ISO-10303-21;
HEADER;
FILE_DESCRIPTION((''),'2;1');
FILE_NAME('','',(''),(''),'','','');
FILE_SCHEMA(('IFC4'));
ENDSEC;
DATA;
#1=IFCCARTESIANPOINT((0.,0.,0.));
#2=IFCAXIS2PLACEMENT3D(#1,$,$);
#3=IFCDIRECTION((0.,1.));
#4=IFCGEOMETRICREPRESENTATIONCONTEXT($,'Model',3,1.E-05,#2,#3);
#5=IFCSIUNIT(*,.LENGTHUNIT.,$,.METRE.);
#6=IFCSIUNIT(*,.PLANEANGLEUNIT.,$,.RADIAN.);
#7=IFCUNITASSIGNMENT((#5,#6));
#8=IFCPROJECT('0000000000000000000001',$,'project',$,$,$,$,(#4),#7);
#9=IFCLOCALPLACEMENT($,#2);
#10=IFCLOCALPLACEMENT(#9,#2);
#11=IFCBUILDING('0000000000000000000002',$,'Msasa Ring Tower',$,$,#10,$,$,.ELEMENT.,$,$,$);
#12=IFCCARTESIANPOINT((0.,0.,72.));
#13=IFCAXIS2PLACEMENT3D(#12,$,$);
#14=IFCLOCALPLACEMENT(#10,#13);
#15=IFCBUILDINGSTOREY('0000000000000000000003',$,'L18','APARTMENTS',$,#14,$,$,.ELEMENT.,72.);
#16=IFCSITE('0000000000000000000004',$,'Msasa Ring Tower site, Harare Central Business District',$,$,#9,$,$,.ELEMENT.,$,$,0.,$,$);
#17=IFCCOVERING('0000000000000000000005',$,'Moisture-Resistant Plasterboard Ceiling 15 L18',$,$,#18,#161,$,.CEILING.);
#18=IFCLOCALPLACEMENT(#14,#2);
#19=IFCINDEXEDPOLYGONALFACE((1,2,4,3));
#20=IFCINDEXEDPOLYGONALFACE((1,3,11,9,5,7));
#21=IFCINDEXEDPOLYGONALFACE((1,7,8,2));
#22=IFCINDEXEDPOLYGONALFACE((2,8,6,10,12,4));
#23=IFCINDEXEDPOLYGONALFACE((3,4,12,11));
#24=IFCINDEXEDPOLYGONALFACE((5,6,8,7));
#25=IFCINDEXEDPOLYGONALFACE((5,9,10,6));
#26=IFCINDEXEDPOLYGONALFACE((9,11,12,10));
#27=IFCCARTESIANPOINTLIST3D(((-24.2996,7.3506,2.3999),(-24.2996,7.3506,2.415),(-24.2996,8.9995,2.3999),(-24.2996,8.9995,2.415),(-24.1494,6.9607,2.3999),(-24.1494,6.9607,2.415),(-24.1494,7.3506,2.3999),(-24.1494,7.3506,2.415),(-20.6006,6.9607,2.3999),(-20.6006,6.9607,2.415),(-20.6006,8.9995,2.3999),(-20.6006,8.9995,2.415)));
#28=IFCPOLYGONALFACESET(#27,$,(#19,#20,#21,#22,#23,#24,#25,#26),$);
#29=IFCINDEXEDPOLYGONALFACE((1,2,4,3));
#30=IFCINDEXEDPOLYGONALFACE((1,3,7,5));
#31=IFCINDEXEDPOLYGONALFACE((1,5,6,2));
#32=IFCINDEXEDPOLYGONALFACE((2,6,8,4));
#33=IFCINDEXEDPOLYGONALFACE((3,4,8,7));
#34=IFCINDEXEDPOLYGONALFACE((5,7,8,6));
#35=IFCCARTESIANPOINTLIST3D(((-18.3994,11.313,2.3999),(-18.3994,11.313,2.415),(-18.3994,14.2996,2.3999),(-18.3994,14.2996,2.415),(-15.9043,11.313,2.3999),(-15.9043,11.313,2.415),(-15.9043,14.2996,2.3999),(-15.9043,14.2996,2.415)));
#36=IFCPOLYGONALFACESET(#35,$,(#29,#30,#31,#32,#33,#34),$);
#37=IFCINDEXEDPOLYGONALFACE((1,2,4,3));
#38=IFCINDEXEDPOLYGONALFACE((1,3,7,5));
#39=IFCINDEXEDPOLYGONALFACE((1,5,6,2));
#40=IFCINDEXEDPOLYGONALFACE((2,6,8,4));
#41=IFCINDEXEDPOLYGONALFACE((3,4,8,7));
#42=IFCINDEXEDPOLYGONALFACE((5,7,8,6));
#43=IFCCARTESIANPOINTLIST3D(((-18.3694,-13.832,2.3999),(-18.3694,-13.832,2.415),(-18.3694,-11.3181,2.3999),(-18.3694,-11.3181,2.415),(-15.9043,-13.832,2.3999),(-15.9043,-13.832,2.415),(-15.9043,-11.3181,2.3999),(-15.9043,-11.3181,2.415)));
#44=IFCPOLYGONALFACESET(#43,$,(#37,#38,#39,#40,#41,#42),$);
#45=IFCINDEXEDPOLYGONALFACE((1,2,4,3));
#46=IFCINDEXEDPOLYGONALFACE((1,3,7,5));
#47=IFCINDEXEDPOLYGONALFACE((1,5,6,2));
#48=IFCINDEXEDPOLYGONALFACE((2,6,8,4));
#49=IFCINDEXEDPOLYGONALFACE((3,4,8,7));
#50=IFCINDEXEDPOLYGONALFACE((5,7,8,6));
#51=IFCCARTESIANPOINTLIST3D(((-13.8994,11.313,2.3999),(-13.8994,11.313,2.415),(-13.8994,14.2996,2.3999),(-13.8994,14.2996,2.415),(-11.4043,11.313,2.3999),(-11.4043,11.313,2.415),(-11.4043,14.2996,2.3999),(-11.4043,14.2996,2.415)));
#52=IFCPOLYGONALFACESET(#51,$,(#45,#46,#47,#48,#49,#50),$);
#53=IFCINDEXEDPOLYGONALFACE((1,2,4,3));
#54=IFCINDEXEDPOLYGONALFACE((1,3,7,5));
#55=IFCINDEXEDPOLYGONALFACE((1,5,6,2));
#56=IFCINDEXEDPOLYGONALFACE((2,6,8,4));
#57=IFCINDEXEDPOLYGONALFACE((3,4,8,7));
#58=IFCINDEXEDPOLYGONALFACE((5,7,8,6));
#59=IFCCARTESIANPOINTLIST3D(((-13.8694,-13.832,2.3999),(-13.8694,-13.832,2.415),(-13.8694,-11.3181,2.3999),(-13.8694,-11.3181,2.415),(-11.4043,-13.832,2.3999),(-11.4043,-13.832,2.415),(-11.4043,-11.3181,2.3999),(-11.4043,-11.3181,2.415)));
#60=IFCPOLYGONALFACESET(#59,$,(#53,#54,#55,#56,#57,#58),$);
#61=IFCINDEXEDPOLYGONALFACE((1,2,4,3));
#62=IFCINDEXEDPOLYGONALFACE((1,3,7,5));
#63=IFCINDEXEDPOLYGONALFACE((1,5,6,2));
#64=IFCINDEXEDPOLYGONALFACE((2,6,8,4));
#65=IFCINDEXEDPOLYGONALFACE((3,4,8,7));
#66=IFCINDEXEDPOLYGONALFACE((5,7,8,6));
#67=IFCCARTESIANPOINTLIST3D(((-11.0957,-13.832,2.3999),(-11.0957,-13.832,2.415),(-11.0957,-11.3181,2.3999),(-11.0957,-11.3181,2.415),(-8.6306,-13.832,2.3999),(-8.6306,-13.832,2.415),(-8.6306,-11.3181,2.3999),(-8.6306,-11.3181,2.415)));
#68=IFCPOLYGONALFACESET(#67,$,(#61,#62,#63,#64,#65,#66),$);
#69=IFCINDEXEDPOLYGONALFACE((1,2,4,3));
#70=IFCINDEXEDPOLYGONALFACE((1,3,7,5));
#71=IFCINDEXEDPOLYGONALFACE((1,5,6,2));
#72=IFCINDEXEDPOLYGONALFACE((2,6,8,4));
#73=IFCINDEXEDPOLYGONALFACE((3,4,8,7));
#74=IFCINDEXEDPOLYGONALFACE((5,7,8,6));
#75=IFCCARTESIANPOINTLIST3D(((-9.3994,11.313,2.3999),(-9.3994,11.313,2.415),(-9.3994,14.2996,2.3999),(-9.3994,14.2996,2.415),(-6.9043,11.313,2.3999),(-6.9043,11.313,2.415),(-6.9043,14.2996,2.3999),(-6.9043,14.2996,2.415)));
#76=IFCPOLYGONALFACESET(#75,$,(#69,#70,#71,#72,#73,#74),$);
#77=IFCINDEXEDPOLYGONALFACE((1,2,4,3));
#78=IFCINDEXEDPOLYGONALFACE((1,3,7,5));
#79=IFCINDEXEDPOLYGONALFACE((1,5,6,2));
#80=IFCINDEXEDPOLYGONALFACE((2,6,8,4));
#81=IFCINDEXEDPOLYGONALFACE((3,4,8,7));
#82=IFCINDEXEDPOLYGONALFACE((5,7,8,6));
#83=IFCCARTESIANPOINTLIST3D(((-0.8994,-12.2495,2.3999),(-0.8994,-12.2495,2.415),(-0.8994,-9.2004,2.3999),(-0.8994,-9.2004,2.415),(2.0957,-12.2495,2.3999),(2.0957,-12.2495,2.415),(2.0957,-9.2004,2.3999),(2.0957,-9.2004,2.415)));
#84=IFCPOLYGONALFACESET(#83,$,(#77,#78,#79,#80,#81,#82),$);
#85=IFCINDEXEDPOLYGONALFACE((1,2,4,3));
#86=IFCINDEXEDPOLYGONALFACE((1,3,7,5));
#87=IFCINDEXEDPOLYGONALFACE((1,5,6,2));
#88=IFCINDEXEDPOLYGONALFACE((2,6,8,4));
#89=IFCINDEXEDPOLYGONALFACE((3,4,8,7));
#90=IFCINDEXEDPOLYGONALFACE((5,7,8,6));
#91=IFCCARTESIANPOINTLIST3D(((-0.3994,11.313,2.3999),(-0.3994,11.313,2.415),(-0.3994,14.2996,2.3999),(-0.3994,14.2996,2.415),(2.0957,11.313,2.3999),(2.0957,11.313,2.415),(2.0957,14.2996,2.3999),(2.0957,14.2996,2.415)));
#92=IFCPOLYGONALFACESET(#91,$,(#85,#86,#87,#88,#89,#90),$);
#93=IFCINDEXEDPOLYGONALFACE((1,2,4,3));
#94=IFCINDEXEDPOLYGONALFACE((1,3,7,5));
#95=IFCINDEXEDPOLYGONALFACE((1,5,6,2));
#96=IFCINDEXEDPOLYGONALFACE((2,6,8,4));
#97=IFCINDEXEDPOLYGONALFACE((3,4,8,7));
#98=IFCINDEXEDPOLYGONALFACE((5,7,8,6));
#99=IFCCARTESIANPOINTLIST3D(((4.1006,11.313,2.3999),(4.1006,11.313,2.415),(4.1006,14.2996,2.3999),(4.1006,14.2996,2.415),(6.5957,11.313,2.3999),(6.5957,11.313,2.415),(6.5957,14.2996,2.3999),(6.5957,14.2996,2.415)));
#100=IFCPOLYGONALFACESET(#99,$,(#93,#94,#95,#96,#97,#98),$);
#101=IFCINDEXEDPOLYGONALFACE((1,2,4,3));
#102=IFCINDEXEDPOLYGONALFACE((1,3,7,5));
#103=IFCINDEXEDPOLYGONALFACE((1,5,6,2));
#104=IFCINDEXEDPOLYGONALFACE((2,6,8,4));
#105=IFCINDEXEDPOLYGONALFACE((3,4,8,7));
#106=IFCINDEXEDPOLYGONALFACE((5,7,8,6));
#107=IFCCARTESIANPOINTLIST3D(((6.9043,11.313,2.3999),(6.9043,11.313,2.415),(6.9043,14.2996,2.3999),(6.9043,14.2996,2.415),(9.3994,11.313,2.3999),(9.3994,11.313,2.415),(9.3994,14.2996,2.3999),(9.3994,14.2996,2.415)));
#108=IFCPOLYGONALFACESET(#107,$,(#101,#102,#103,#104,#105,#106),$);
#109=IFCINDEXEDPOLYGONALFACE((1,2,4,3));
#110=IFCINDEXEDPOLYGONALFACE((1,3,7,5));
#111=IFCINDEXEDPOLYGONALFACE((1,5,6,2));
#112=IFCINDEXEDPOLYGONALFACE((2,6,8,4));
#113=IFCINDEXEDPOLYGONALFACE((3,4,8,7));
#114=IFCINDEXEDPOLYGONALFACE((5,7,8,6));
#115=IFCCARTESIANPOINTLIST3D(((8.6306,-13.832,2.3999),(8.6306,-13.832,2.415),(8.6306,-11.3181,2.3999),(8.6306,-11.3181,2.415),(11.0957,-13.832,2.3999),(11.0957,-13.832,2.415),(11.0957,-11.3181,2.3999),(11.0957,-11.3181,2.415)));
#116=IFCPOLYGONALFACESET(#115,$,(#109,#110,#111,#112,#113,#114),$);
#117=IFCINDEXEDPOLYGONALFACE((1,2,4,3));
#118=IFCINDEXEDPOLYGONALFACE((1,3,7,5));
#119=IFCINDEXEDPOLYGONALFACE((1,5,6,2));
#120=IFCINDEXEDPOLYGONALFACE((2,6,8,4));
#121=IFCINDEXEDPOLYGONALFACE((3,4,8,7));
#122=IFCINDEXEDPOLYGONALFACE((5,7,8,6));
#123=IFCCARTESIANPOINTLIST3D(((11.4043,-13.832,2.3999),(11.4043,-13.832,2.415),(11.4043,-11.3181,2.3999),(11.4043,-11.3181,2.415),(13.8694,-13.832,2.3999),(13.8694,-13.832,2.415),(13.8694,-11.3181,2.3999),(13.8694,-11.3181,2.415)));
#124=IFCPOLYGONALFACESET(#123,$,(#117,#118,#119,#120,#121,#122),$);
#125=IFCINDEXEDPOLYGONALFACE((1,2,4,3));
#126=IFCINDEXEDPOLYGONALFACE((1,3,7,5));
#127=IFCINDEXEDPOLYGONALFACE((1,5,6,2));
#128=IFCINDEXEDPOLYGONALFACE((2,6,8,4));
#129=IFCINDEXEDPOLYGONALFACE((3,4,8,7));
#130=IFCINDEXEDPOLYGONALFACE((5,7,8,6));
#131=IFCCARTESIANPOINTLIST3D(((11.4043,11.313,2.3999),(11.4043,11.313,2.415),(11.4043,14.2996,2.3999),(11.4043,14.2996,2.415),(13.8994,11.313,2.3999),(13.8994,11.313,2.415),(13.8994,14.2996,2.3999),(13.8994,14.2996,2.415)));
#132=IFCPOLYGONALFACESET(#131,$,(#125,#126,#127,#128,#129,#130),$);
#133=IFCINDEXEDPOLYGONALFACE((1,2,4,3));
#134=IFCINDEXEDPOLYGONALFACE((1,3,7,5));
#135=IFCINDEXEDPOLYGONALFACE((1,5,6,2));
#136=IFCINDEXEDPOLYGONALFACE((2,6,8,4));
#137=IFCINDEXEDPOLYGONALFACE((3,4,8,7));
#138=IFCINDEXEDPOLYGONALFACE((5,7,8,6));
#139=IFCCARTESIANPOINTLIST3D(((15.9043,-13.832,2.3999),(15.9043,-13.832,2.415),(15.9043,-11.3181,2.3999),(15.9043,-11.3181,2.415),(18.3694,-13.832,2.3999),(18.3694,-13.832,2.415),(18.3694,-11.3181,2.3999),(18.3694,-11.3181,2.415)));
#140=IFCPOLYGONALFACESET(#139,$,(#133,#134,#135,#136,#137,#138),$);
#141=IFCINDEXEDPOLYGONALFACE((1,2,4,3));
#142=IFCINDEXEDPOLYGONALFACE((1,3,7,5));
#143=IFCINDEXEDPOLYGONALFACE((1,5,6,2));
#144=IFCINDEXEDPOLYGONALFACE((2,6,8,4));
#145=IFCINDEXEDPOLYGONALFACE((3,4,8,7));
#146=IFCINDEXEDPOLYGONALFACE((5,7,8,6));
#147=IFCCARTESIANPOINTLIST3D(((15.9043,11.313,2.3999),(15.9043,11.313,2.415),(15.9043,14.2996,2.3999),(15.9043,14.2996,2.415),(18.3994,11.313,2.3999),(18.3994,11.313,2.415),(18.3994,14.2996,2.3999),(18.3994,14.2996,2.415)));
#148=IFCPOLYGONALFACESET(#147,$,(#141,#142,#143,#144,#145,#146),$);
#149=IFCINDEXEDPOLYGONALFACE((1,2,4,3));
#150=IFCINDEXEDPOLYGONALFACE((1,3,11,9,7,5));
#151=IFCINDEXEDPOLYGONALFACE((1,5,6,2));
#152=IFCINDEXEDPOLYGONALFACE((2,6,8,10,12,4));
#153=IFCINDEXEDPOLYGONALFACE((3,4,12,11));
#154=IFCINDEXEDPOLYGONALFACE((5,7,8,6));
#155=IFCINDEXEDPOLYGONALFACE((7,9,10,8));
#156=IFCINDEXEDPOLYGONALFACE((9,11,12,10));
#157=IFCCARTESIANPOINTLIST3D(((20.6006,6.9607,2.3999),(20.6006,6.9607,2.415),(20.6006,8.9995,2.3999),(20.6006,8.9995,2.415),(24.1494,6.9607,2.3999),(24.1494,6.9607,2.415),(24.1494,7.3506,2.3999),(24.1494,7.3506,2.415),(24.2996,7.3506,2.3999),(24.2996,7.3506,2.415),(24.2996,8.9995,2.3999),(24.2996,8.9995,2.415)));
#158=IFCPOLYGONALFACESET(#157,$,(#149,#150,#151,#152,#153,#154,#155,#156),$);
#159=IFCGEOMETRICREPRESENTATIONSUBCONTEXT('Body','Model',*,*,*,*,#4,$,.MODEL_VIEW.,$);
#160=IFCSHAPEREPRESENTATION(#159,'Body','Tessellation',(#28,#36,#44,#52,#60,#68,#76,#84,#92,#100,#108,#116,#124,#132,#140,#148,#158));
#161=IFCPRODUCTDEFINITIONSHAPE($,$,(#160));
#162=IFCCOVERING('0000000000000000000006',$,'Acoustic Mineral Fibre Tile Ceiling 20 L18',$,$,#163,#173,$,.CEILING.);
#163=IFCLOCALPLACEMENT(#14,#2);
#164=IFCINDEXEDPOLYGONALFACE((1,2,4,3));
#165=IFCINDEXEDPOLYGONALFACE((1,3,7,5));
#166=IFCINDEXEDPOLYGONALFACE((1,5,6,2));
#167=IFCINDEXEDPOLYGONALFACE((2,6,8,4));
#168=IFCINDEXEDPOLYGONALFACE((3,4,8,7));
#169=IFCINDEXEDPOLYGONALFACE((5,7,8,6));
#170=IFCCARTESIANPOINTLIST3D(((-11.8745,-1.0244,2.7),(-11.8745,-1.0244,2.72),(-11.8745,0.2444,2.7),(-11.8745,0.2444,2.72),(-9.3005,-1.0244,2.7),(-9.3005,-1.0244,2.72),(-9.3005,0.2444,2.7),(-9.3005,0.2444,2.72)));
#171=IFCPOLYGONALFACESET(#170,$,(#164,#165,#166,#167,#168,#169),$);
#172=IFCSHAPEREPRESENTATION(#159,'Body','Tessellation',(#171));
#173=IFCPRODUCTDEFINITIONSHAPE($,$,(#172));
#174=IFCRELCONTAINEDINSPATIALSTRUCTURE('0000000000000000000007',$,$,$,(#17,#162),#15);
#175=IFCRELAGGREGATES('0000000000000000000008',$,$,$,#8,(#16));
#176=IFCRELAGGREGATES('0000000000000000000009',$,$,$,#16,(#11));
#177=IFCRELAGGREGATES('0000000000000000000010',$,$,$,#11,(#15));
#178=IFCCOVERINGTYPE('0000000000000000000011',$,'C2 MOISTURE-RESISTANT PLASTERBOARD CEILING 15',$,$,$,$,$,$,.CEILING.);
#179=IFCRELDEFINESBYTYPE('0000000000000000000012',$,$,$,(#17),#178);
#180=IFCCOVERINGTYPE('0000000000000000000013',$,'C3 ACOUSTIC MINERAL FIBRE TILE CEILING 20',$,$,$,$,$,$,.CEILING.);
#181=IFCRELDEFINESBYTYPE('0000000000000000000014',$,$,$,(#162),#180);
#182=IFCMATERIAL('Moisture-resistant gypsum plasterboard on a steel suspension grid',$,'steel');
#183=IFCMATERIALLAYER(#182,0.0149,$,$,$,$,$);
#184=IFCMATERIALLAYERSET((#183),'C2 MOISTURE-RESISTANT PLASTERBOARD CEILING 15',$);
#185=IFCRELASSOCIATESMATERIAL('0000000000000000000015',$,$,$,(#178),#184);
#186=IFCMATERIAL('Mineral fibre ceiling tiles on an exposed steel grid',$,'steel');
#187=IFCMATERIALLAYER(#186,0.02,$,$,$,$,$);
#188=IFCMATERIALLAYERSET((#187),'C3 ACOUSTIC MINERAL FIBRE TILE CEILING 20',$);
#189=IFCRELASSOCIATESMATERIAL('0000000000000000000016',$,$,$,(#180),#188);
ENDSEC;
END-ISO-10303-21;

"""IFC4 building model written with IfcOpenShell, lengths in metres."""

from ifc_helpers import new_model, si_unit, direction, frame, origin, place, context, subcontext, project, spatial, line, indexed_curve, outline, extrude, material, layer, layer_set, type_object, element, save


model = new_model("IFC4")

# Units and contexts
model_context = context("Model", 3, precision=1e-05, world=origin(), true_north=direction((0.0, 1.0)))
body_context = subcontext(model_context, "Body", "Model", "MODEL_VIEW")
ifc_project = project(units=[si_unit("LENGTHUNIT", "METRE"), si_unit("PLANEANGLEUNIT", "RADIAN")], contexts=[model_context])

# Site, building, storey
site_placement = place(None, origin())
site = spatial("IfcSite", under=ifc_project, at=site_placement, Name="Msasa Ring Tower site, Harare Central Business District", CompositionType="ELEMENT", RefElevation=0.0)
building_placement = place(site_placement, origin())
building = spatial("IfcBuilding", under=site, at=building_placement, Name="Msasa Ring Tower", CompositionType="ELEMENT")
storey_placement = place(building_placement, frame((0.0, 0.0, 72.0)))
storey = spatial("IfcBuildingStorey", under=building, at=storey_placement, Name="L18", Description="APARTMENTS", CompositionType="ELEMENT", Elevation=72.0)

# Coverings
ifc_material_1 = material(Name="Moisture-resistant gypsum plasterboard on a steel suspension grid", Category="steel")
ifc_layer_1 = layer(ifc_material_1, 0.0149)
ifc_layer_set_1 = layer_set([ifc_layer_1], Name="C2 MOISTURE-RESISTANT PLASTERBOARD CEILING 15")
covering_type_1 = type_object("IfcCoveringType", Name="C2 MOISTURE-RESISTANT PLASTERBOARD CEILING 15", PredefinedType="CEILING", material=ifc_layer_set_1)
covering_1_placement = place(storey_placement, frame((0.0, 0.0, 2.3999)))
element("IfcCovering", 1, at=covering_1_placement, inside=storey, type_object=covering_type_1, Name="Moisture-Resistant Plasterboard Ceiling 15 L18", PredefinedType="CEILING", context=body_context, shape_type="SweptSolid", body=[
    extrude(outline(indexed_curve([(-20.6006, 6.9607), (-24.1494, 6.9607), (-24.1494, 7.3506), (-24.2996, 7.3506), (-24.2996, 8.9995), (-20.6006, 8.9995)], segments=[line(1, 2, 3, 4, 5, 6, 1)], self_intersect=False)), origin(), (0.0, 0.0, 1.0), 0.0151),
    extrude(outline(indexed_curve([(-18.3994, 14.2996), (-15.9043, 14.2996), (-15.9043, 11.313), (-18.3994, 11.313)], segments=[line(1, 2, 3, 4, 1)], self_intersect=False)), origin(), (0.0, 0.0, 1.0), 0.0151),
    extrude(outline(indexed_curve([(-18.3694, -11.3181), (-15.9043, -11.3181), (-15.9043, -13.832), (-18.3694, -13.832)], segments=[line(1, 2, 3, 4, 1)], self_intersect=False)), origin(), (0.0, 0.0, 1.0), 0.0151),
    extrude(outline(indexed_curve([(-13.8994, 14.2996), (-11.4043, 14.2996), (-11.4043, 11.313), (-13.8994, 11.313)], segments=[line(1, 2, 3, 4, 1)], self_intersect=False)), origin(), (0.0, 0.0, 1.0), 0.0151),
    extrude(outline(indexed_curve([(-13.8694, -11.3181), (-11.4043, -11.3181), (-11.4043, -13.832), (-13.8694, -13.832)], segments=[line(1, 2, 3, 4, 1)], self_intersect=False)), origin(), (0.0, 0.0, 1.0), 0.0151),
    extrude(outline(indexed_curve([(-8.6306, -11.3181), (-8.6306, -13.832), (-11.0957, -13.832), (-11.0957, -11.3181)], segments=[line(1, 2, 3, 4, 1)], self_intersect=False)), origin(), (0.0, 0.0, 1.0), 0.0151),
    extrude(outline(indexed_curve([(-9.3994, 14.2996), (-6.9043, 14.2996), (-6.9043, 11.313), (-9.3994, 11.313)], segments=[line(1, 2, 3, 4, 1)], self_intersect=False)), origin(), (0.0, 0.0, 1.0), 0.0151),
    extrude(outline(indexed_curve([(-0.8994, -9.2004), (2.0957, -9.2004), (2.0957, -12.2495), (-0.8994, -12.2495)], segments=[line(1, 2, 3, 4, 1)], self_intersect=False)), origin(), (0.0, 0.0, 1.0), 0.0151),
    extrude(outline(indexed_curve([(-0.3994, 14.2996), (2.0957, 14.2996), (2.0957, 11.313), (-0.3994, 11.313)], segments=[line(1, 2, 3, 4, 1)], self_intersect=False)), origin(), (0.0, 0.0, 1.0), 0.0151),
    extrude(outline(indexed_curve([(4.1006, 14.2996), (6.5957, 14.2996), (6.5957, 11.313), (4.1006, 11.313)], segments=[line(1, 2, 3, 4, 1)], self_intersect=False)), origin(), (0.0, 0.0, 1.0), 0.0151),
    extrude(outline(indexed_curve([(9.3994, 14.2996), (9.3994, 11.313), (6.9043, 11.313), (6.9043, 14.2996)], segments=[line(1, 2, 3, 4, 1)], self_intersect=False)), origin(), (0.0, 0.0, 1.0), 0.0151),
    extrude(outline(indexed_curve([(8.6306, -11.3181), (11.0957, -11.3181), (11.0957, -13.832), (8.6306, -13.832)], segments=[line(1, 2, 3, 4, 1)], self_intersect=False)), origin(), (0.0, 0.0, 1.0), 0.0151),
    extrude(outline(indexed_curve([(13.8694, -11.3181), (13.8694, -13.832), (11.4043, -13.832), (11.4043, -11.3181)], segments=[line(1, 2, 3, 4, 1)], self_intersect=False)), origin(), (0.0, 0.0, 1.0), 0.0151),
    extrude(outline(indexed_curve([(13.8994, 14.2996), (13.8994, 11.313), (11.4043, 11.313), (11.4043, 14.2996)], segments=[line(1, 2, 3, 4, 1)], self_intersect=False)), origin(), (0.0, 0.0, 1.0), 0.0151),
    extrude(outline(indexed_curve([(18.3694, -11.3181), (18.3694, -13.832), (15.9043, -13.832), (15.9043, -11.3181)], segments=[line(1, 2, 3, 4, 1)], self_intersect=False)), origin(), (0.0, 0.0, 1.0), 0.0151),
    extrude(outline(indexed_curve([(18.3994, 14.2996), (18.3994, 11.313), (15.9043, 11.313), (15.9043, 14.2996)], segments=[line(1, 2, 3, 4, 1)], self_intersect=False)), origin(), (0.0, 0.0, 1.0), 0.0151),
    extrude(outline(indexed_curve([(20.6006, 8.9995), (24.2996, 8.9995), (24.2996, 7.3506), (24.1494, 7.3506), (24.1494, 6.9607), (20.6006, 6.9607)], segments=[line(1, 2, 3, 4, 5, 6, 1)], self_intersect=False)), origin(), (0.0, 0.0, 1.0), 0.0151),
])
ifc_material_2 = material(Name="Mineral fibre ceiling tiles on an exposed steel grid", Category="steel")
ifc_layer_2 = layer(ifc_material_2, 0.02)
ifc_layer_set_2 = layer_set([ifc_layer_2], Name="C3 ACOUSTIC MINERAL FIBRE TILE CEILING 20")
covering_type_2 = type_object("IfcCoveringType", Name="C3 ACOUSTIC MINERAL FIBRE TILE CEILING 20", PredefinedType="CEILING", material=ifc_layer_set_2)
covering_2_placement = place(storey_placement, frame((0.0, 0.0, 2.7)))
element("IfcCovering", 2, at=covering_2_placement, inside=storey, type_object=covering_type_2, Name="Acoustic Mineral Fibre Tile Ceiling 20 L18", PredefinedType="CEILING", context=body_context, shape_type="SweptSolid", body=[
    extrude(outline(indexed_curve([(-11.8745, 0.2444), (-9.3005, 0.2444), (-9.3005, -1.0244), (-11.8745, -1.0244)], segments=[line(1, 2, 3, 4, 1)], self_intersect=False)), origin(), (0.0, 0.0, 1.0), 0.02),
])

save(model, "model.ifc")
